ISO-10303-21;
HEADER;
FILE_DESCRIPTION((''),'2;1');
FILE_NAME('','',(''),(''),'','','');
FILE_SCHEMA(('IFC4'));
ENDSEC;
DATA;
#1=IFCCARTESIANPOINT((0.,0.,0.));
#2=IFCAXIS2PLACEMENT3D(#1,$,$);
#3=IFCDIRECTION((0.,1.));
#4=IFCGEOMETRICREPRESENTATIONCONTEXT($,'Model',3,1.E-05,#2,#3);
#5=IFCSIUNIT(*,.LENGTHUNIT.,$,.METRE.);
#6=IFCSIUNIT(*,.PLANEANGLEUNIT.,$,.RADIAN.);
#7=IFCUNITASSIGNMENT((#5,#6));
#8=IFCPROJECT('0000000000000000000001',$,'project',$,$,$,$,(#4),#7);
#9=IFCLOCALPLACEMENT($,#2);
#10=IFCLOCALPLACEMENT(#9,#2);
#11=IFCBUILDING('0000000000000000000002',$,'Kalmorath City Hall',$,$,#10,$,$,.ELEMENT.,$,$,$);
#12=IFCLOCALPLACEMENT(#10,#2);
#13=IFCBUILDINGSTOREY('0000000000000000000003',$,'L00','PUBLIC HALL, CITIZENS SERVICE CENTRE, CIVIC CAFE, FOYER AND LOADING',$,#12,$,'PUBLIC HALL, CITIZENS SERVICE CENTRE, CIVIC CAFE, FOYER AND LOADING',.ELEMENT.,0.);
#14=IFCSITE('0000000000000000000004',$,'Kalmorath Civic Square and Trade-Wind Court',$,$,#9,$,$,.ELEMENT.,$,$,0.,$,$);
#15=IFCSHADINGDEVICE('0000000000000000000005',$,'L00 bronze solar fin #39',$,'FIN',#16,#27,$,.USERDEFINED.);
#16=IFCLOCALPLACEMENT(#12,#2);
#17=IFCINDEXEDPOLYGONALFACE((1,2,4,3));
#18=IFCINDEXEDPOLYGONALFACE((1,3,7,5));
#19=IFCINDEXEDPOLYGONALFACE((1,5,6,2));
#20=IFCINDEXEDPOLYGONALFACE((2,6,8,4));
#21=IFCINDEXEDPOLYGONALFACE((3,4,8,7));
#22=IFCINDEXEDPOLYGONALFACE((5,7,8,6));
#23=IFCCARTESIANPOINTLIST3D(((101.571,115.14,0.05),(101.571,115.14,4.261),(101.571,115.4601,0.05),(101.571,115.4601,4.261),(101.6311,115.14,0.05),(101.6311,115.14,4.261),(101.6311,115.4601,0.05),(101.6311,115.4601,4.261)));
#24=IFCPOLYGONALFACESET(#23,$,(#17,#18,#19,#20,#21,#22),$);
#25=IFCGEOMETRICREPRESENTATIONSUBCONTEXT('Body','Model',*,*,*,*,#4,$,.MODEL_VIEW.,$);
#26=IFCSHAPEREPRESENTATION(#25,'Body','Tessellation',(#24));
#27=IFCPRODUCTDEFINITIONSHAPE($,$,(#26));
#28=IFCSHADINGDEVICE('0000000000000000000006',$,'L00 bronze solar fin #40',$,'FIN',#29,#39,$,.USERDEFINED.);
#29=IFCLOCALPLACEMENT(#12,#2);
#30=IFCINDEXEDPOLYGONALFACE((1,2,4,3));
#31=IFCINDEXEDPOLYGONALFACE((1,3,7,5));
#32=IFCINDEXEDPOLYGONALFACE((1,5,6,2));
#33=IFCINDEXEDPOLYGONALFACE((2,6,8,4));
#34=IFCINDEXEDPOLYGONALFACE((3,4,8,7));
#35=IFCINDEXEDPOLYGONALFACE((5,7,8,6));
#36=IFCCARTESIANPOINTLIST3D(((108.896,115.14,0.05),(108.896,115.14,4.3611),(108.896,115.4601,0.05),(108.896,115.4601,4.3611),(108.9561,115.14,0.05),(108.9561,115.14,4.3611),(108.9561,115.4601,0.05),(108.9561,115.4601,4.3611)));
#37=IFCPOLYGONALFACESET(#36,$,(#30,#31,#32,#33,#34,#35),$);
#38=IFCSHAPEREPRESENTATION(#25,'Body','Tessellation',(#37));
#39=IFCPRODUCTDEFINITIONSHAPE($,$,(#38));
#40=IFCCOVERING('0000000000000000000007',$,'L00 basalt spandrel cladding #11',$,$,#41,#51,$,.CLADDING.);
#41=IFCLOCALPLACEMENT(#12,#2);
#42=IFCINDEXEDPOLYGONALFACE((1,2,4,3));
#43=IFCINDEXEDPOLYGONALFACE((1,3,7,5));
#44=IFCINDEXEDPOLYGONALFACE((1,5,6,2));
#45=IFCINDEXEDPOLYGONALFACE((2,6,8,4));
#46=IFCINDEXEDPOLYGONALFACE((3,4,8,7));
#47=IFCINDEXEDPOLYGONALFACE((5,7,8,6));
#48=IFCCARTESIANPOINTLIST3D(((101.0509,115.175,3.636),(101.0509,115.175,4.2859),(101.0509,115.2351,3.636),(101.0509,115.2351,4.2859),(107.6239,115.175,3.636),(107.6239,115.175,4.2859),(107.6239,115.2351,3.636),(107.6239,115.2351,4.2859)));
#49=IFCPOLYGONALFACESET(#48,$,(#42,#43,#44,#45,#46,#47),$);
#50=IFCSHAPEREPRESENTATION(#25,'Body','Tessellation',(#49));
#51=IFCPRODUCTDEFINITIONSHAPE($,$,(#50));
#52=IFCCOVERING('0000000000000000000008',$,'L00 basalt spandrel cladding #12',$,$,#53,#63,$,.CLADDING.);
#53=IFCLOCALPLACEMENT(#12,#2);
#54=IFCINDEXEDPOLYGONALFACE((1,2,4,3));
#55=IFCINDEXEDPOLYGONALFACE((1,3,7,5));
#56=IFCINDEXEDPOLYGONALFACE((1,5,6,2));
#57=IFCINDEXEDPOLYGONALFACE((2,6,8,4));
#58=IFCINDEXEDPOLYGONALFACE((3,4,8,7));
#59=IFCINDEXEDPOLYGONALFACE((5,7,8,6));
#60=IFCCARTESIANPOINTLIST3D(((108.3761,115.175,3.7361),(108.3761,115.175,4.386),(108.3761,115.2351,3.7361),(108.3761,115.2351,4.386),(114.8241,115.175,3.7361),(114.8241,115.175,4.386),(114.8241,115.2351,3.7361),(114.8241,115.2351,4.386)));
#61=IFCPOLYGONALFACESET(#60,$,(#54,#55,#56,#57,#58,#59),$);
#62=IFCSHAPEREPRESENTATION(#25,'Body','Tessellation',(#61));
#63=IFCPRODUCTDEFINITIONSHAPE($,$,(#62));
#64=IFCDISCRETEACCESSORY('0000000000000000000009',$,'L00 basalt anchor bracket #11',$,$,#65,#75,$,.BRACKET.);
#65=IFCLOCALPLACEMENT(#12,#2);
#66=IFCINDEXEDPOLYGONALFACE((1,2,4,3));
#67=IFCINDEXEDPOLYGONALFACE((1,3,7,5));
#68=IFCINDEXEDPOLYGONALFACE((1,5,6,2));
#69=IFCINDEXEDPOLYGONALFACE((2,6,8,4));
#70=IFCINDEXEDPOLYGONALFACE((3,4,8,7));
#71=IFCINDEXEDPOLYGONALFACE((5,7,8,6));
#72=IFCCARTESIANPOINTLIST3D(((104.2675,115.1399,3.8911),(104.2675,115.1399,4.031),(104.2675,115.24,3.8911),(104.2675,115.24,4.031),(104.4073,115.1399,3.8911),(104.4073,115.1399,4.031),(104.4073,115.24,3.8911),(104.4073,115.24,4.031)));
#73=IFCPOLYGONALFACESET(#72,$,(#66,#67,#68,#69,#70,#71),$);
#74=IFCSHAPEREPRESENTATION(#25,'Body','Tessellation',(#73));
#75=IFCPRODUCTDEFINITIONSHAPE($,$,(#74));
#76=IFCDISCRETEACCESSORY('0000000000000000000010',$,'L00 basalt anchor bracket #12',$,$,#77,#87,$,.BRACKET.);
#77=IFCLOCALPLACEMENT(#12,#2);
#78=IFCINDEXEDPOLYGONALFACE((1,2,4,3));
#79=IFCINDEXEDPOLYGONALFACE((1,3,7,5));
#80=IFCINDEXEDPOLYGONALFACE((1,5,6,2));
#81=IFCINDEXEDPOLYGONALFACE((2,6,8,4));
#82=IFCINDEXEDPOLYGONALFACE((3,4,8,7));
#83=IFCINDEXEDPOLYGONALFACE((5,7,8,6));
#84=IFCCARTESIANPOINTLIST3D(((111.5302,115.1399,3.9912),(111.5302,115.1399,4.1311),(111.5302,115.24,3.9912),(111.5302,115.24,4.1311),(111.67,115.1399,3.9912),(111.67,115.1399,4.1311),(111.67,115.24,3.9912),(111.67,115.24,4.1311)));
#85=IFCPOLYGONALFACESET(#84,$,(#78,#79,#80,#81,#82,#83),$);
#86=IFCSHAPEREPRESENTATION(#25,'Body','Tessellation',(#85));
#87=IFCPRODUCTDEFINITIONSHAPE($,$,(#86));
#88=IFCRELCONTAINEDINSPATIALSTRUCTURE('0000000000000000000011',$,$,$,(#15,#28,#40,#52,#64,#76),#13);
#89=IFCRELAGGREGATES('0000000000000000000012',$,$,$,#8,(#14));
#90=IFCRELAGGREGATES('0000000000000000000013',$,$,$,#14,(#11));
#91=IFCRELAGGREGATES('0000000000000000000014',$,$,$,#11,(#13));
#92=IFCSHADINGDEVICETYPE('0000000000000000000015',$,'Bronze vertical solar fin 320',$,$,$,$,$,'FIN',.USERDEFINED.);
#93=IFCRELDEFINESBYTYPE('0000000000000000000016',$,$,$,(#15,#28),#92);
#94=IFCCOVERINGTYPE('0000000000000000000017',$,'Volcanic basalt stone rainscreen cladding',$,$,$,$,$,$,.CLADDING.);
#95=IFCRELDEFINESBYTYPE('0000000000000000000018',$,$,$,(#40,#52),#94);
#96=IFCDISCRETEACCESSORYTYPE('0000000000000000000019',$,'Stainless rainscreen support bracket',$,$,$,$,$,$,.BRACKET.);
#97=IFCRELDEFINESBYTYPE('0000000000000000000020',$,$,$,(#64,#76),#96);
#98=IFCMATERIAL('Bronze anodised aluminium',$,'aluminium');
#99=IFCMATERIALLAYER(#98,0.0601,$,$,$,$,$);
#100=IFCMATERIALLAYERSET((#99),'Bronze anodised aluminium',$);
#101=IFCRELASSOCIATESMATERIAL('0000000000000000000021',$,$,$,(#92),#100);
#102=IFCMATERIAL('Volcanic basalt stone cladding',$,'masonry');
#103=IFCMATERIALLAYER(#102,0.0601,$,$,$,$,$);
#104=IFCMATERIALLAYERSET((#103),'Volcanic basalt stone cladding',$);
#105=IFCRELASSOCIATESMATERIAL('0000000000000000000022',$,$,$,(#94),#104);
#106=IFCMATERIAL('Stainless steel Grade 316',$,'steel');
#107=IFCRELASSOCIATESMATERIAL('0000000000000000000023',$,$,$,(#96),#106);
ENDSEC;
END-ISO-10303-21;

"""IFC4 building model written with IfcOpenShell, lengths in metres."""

from ifc_helpers import new_model, si_unit, direction, frame, origin, origin_2d, place, context, subcontext, project, spatial, rectangle, extrude, material, layer, layer_set, type_object, element, save


model = new_model("IFC4")

# Units and contexts
model_context = context("Model", 3, precision=1e-05, world=origin(), true_north=direction((0.0, 1.0)))
body_context = subcontext(model_context, "Body", "Model", "MODEL_VIEW")
ifc_project = project(units=[si_unit("LENGTHUNIT", "METRE"), si_unit("PLANEANGLEUNIT", "RADIAN")], contexts=[model_context])

# Site, building, storey
site_placement = place(None, origin())
site = spatial("IfcSite", under=ifc_project, at=site_placement, Name="Kalmorath Civic Square and Trade-Wind Court", CompositionType="ELEMENT", RefElevation=0.0)
building_placement = place(site_placement, origin())
building = spatial("IfcBuilding", under=site, at=building_placement, Name="Kalmorath City Hall", CompositionType="ELEMENT")
storey_placement = place(building_placement, origin())
storey = spatial("IfcBuildingStorey", under=building, at=storey_placement, Name="L00", Description="PUBLIC HALL, CITIZENS SERVICE CENTRE, CIVIC CAFE, FOYER AND LOADING", LongName="PUBLIC HALL, CITIZENS SERVICE CENTRE, CIVIC CAFE, FOYER AND LOADING", CompositionType="ELEMENT", Elevation=0.0)

# Shading devices
ifc_material_1 = material(Name="Bronze anodised aluminium", Category="aluminium")
ifc_layer_1 = layer(ifc_material_1, 0.0601)
ifc_layer_set_1 = layer_set([ifc_layer_1], Name="Bronze anodised aluminium")
shading_device_type = type_object("IfcShadingDeviceType", Name="Bronze vertical solar fin 320", ElementType="FIN", PredefinedType="USERDEFINED", material=ifc_layer_set_1)
shading_device_1_placement = place(storey_placement, frame((101.6011, 115.3, 0.05), z_axis=(0.0, 0.0, 1.0), x_axis=(1.0, 0.0, 0.0)))
element("IfcShadingDevice", 1, at=shading_device_1_placement, inside=storey, type_object=shading_device_type, Name="L00 bronze solar fin #39", ObjectType="FIN", PredefinedType="USERDEFINED", context=body_context, shape_type="SweptSolid", body=[
    extrude(rectangle(XDim=0.0601, YDim=0.3201, at=origin_2d()), origin(), (0.0, 0.0, 1.0), 4.2109),
])
shading_device_2_placement = place(storey_placement, frame((108.926, 115.3, 0.05), z_axis=(0.0, 0.0, 1.0), x_axis=(1.0, 0.0, 0.0)))
element("IfcShadingDevice", 2, at=shading_device_2_placement, inside=storey, type_object=shading_device_type, Name="L00 bronze solar fin #40", ObjectType="FIN", PredefinedType="USERDEFINED", context=body_context, shape_type="SweptSolid", body=[
    extrude(rectangle(XDim=0.0601, YDim=0.3201, at=origin_2d()), origin(), (0.0, 0.0, 1.0), 4.311),
])

# Coverings
ifc_material_2 = material(Name="Volcanic basalt stone cladding", Category="masonry")
ifc_layer_2 = layer(ifc_material_2, 0.0601)
ifc_layer_set_2 = layer_set([ifc_layer_2], Name="Volcanic basalt stone cladding")
covering_type = type_object("IfcCoveringType", Name="Volcanic basalt stone rainscreen cladding", PredefinedType="CLADDING", material=ifc_layer_set_2)
covering_1_placement = place(storey_placement, frame((104.3374, 115.2051, 3.636), z_axis=(0.0, 0.0, 1.0), x_axis=(1.0, 0.0, 0.0)))
element("IfcCovering", 3, at=covering_1_placement, inside=storey, type_object=covering_type, Name="L00 basalt spandrel cladding #11", PredefinedType="CLADDING", context=body_context, shape_type="SweptSolid", body=[
    extrude(rectangle(XDim=6.573, YDim=0.0601, at=origin_2d()), origin(), (0.0, 0.0, 1.0), 0.6499),
])
covering_2_placement = place(storey_placement, frame((111.6001, 115.2051, 3.7361), z_axis=(0.0, 0.0, 1.0), x_axis=(1.0, 0.0, 0.0)))
element("IfcCovering", 4, at=covering_2_placement, inside=storey, type_object=covering_type, Name="L00 basalt spandrel cladding #12", PredefinedType="CLADDING", context=body_context, shape_type="SweptSolid", body=[
    extrude(rectangle(XDim=6.448, YDim=0.0601, at=origin_2d()), origin(), (0.0, 0.0, 1.0), 0.6499),
])

# Discrete accessories
ifc_material_3 = material(Name="Stainless steel Grade 316", Category="steel")
discrete_accessory_type = type_object("IfcDiscreteAccessoryType", Name="Stainless rainscreen support bracket", PredefinedType="BRACKET", material=ifc_material_3)
for number, where, z_axis, x_axis, name in (
    (5, (104.3374, 115.1899, 3.8911), (0.0, 0.0, 1.0), (1.0, 0.0, 0.0), "L00 basalt anchor bracket #11"),
    (6, (111.6001, 115.1899, 3.9912), (0.0, 0.0, 1.0), (1.0, 0.0, 0.0), "L00 basalt anchor bracket #12"),
):
    element("IfcDiscreteAccessory", number, at=place(storey_placement, frame(where, z_axis=z_axis, x_axis=x_axis)), inside=storey, type_object=discrete_accessory_type, Name=name, PredefinedType="BRACKET", context=body_context, shape_type="SweptSolid", body=[
        extrude(rectangle(XDim=0.1399, YDim=0.1001, at=origin_2d()), origin(), (0.0, 0.0, 1.0), 0.1399),
    ])

save(model, "model.ifc")
